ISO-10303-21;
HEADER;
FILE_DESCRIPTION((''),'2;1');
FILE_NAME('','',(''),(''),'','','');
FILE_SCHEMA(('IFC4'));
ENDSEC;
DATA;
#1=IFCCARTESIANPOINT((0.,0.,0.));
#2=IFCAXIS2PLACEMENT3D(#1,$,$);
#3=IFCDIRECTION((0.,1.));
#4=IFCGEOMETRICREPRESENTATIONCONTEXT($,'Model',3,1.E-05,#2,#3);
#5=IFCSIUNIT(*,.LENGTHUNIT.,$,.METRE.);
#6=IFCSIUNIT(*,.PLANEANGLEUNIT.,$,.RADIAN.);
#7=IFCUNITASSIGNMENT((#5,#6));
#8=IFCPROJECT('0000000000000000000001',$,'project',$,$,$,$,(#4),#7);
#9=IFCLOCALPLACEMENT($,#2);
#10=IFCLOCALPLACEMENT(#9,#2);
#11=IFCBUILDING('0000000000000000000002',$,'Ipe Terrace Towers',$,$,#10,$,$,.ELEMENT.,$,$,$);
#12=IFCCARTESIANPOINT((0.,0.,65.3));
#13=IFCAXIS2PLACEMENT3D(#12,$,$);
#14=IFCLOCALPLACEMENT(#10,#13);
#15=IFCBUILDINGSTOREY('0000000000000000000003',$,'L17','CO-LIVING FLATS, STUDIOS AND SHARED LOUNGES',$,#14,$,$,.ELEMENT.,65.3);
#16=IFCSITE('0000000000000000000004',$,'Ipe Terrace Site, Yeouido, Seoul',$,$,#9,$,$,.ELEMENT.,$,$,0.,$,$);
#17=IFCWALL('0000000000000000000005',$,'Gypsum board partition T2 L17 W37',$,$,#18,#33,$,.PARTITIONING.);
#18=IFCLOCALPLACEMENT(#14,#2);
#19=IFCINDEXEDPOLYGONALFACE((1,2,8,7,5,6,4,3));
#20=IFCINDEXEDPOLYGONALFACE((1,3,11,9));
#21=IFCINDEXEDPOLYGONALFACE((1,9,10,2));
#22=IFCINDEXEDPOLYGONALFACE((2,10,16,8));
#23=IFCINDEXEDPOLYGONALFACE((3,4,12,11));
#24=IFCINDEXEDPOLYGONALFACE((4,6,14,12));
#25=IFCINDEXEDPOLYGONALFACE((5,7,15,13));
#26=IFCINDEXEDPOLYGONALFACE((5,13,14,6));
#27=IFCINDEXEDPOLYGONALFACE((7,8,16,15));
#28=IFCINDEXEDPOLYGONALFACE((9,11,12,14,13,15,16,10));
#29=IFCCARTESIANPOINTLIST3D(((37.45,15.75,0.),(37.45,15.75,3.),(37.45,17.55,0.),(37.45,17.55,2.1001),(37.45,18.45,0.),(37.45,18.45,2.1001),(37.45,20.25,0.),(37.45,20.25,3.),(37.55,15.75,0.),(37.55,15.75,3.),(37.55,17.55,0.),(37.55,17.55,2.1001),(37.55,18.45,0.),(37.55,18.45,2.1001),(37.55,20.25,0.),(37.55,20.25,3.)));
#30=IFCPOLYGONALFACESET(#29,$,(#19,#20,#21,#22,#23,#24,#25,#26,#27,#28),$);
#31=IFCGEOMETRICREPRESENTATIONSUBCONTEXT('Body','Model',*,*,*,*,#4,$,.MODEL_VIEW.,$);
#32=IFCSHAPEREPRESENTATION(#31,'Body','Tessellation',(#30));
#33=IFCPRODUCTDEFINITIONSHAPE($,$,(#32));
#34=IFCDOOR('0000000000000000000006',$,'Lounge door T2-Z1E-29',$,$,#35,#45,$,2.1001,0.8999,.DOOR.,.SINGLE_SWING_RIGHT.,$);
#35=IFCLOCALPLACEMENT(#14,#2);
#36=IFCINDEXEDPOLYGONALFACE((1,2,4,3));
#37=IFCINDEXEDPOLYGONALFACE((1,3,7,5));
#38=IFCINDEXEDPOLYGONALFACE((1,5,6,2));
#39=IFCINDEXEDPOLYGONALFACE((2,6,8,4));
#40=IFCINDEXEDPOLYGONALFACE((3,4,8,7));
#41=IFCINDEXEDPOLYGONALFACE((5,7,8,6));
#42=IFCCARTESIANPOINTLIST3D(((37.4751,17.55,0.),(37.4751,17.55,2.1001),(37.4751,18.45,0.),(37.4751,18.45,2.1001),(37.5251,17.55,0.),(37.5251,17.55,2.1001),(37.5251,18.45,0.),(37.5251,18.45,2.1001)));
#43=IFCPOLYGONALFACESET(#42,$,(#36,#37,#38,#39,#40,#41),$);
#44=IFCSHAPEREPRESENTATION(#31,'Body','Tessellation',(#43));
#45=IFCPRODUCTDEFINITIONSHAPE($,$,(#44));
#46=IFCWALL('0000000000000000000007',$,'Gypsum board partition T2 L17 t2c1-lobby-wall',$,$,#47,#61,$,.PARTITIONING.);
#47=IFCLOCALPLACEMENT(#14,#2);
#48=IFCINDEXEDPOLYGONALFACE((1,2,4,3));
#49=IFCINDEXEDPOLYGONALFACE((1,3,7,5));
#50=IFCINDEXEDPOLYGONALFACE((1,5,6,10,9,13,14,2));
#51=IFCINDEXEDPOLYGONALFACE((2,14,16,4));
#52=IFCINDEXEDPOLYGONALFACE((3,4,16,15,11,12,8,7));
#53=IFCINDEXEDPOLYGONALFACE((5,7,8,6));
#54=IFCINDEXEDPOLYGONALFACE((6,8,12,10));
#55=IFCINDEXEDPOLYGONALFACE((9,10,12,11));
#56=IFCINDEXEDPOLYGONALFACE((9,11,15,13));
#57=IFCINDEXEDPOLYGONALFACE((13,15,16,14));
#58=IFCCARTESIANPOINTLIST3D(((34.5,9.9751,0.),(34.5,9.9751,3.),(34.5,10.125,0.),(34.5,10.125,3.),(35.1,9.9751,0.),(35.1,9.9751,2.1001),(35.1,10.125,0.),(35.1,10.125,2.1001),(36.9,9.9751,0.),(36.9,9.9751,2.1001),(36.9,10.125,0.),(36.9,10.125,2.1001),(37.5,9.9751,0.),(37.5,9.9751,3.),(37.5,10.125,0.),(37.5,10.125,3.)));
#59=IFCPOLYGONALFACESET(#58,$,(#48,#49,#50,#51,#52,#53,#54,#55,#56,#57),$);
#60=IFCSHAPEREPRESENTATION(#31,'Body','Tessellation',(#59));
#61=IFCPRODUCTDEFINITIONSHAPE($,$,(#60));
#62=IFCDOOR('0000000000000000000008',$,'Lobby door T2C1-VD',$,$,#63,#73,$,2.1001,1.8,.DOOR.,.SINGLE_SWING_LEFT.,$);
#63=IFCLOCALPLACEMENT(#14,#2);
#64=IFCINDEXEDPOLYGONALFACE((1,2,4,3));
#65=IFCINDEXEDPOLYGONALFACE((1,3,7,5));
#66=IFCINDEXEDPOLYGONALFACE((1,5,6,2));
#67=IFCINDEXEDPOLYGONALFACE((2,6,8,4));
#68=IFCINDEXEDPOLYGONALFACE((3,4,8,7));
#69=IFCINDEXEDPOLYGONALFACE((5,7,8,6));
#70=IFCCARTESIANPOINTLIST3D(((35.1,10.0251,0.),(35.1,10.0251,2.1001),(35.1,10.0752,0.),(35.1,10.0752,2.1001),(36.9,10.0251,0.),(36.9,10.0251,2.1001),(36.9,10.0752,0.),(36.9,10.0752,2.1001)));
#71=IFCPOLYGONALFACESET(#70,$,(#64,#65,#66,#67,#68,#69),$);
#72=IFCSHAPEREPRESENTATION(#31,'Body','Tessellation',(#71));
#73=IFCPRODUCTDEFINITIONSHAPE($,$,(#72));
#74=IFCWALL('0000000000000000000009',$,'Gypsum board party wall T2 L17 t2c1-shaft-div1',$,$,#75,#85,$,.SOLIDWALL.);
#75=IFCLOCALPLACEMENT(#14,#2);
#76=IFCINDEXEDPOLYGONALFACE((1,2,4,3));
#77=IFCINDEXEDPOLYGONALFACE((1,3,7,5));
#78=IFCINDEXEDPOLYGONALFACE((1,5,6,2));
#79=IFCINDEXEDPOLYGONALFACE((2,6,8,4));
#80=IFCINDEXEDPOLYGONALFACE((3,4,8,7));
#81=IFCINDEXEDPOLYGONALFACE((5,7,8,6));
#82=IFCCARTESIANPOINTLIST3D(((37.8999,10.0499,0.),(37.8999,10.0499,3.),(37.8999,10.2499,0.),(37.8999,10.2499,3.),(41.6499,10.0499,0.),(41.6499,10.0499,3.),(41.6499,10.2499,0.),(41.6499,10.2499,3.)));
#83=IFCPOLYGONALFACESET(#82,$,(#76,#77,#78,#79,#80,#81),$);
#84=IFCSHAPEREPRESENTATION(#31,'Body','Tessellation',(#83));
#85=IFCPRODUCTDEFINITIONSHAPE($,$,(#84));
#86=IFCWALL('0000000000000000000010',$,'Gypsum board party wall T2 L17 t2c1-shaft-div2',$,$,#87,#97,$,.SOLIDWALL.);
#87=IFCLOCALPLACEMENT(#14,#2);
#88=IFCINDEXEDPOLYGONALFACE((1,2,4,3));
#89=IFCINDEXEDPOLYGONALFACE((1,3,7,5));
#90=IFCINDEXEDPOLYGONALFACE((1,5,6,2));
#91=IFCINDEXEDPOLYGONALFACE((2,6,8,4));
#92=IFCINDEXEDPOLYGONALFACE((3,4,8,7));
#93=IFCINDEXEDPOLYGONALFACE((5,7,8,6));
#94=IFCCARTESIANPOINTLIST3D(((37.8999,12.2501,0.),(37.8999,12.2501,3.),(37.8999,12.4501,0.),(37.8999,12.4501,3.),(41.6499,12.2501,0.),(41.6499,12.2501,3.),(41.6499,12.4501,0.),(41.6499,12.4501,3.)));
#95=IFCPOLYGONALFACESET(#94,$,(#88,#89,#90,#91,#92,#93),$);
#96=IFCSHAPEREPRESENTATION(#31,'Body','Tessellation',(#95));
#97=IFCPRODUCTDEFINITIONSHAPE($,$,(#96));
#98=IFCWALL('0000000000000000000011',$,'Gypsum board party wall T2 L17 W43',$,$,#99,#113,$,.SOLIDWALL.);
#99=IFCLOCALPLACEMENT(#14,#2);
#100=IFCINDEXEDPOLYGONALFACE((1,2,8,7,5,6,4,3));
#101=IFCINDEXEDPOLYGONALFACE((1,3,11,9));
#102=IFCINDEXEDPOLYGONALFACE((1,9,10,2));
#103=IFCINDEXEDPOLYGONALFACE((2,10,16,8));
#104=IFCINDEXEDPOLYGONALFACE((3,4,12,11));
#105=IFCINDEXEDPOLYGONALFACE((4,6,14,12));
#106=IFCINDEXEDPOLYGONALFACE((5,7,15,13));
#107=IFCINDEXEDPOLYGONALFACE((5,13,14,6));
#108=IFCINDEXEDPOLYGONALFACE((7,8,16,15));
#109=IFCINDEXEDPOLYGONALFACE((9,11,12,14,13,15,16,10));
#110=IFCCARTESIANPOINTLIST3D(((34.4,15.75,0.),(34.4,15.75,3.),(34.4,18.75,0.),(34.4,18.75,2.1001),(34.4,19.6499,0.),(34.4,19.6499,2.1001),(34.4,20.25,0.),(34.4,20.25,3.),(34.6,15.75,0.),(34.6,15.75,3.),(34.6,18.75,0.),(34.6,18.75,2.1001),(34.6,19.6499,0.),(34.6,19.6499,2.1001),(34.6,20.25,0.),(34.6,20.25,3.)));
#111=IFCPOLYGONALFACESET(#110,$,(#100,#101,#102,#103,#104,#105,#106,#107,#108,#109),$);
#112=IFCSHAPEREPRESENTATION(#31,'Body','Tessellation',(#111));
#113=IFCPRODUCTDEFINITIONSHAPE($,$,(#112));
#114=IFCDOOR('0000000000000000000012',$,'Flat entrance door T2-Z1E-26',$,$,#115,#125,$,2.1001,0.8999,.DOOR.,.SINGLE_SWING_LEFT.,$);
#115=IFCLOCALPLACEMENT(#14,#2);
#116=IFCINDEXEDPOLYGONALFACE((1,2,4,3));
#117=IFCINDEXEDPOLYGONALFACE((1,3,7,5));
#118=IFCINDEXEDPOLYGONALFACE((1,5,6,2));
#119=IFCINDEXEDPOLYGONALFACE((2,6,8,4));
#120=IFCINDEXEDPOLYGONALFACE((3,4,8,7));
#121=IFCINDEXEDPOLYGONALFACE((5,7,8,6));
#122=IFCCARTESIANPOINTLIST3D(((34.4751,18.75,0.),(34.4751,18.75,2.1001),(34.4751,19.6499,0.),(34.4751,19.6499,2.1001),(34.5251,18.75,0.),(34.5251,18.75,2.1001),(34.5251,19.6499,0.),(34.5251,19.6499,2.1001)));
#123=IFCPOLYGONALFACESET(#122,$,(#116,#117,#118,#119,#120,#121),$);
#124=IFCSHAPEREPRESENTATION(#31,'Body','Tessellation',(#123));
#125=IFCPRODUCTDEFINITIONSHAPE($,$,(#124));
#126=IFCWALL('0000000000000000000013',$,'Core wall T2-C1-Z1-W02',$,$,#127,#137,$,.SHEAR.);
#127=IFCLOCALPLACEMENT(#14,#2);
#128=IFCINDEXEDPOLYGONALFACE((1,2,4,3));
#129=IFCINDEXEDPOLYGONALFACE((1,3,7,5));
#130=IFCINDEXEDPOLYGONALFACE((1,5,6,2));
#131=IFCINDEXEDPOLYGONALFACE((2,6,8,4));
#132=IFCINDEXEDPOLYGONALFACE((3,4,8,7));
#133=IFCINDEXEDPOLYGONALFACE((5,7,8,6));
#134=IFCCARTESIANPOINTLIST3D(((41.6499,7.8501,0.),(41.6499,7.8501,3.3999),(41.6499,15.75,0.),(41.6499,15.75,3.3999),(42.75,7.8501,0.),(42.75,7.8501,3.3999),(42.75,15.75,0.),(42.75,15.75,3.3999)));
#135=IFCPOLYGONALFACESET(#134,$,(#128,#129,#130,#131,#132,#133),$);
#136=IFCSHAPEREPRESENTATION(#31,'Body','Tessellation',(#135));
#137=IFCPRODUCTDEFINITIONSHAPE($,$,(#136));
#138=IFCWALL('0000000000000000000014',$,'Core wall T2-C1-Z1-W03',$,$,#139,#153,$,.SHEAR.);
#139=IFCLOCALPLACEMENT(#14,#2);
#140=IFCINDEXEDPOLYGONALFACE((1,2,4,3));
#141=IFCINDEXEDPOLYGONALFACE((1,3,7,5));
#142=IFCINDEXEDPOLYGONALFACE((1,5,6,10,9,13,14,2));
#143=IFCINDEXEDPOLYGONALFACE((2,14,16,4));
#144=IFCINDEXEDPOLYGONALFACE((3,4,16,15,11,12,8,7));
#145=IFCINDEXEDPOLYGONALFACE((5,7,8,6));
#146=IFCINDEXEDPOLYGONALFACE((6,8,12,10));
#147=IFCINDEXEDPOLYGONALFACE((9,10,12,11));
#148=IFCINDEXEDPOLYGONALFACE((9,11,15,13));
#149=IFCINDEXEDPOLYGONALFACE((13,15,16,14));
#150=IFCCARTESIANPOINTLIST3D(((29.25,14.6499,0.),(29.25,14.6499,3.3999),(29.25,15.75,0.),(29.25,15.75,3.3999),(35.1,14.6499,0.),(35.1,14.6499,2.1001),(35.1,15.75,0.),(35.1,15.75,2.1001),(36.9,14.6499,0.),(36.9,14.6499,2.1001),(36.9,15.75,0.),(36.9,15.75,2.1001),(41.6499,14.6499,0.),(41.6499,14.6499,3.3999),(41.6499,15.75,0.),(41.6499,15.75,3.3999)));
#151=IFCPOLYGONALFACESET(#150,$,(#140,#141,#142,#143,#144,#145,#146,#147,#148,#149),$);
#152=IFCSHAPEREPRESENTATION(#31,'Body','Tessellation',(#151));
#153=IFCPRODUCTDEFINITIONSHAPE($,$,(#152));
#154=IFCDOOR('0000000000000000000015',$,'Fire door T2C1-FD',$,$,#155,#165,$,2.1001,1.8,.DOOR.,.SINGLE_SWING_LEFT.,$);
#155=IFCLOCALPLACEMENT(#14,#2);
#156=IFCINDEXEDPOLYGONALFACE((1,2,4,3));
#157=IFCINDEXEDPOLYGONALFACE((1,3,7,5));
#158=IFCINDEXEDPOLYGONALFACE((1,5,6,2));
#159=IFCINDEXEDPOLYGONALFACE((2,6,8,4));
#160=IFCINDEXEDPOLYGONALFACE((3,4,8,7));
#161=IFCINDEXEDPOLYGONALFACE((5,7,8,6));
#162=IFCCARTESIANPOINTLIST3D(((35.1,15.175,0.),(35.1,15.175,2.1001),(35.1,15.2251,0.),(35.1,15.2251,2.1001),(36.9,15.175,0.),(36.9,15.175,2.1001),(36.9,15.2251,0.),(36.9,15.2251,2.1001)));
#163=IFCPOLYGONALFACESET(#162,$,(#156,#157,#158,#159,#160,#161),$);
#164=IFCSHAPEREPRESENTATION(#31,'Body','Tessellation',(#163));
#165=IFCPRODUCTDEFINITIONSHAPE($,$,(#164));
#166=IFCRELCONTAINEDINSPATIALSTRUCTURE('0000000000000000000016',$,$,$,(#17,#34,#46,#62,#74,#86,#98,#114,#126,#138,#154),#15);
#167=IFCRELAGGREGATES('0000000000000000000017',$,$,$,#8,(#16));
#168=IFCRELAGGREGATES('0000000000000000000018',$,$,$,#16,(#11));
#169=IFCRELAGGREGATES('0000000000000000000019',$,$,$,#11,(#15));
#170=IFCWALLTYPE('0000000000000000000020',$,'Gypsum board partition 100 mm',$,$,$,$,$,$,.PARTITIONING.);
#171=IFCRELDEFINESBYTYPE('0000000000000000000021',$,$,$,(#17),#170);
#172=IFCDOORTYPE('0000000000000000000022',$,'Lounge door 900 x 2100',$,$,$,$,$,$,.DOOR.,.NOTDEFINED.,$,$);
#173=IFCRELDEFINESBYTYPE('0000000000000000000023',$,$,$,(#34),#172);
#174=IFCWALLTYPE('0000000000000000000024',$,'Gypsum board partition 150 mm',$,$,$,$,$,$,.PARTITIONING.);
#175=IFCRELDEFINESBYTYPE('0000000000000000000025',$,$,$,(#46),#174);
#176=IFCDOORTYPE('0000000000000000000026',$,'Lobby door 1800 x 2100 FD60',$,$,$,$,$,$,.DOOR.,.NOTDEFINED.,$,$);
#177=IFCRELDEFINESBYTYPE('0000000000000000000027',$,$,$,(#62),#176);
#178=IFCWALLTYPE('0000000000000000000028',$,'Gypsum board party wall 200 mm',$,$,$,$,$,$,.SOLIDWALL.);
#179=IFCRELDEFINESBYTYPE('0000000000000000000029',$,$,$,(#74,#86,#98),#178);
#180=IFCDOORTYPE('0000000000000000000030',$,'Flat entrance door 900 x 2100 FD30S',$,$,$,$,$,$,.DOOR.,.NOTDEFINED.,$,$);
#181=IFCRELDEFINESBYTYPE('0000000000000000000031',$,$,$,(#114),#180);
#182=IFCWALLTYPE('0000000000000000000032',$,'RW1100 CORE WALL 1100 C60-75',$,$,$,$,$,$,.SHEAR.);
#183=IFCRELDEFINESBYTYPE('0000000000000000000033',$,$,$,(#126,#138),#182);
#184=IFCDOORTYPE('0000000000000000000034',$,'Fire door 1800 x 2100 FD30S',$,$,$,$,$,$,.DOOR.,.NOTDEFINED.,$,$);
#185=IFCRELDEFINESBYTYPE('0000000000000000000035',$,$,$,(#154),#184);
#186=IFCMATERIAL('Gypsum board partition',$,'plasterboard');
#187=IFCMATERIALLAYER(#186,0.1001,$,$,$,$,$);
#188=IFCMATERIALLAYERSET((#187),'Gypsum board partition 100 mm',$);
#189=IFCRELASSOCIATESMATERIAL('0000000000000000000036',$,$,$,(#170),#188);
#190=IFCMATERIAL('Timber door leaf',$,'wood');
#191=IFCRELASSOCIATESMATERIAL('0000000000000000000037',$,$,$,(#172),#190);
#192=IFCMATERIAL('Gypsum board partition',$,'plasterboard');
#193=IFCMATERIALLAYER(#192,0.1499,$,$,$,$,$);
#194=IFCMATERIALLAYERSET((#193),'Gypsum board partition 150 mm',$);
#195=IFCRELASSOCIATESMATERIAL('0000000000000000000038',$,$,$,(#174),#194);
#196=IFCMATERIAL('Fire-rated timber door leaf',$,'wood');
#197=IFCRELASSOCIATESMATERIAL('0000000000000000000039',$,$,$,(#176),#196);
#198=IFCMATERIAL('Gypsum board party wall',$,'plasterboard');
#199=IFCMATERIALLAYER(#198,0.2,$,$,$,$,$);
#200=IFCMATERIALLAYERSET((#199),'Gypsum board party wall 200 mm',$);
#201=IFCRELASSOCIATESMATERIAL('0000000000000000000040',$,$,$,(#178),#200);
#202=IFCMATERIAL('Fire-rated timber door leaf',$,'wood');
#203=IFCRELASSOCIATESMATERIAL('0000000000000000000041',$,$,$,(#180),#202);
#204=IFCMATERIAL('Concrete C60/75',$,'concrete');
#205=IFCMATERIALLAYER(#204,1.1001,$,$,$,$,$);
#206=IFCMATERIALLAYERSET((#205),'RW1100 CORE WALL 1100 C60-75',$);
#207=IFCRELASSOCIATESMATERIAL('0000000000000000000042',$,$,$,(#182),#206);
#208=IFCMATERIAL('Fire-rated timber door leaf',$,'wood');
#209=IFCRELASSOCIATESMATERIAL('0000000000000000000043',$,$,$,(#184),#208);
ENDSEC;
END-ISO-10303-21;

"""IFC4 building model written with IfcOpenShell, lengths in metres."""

from ifc_helpers import new_model, si_unit, direction, frame, frame_2d, origin, place, context, subcontext, project, spatial, rectangle, extrude, material, layer, layer_set, type_object, element, fill, save


model = new_model("IFC4")

# Units and contexts
model_context = context("Model", 3, precision=1e-05, world=origin(), true_north=direction((0.0, 1.0)))
body_context = subcontext(model_context, "Body", "Model", "MODEL_VIEW")
ifc_project = project(units=[si_unit("LENGTHUNIT", "METRE"), si_unit("PLANEANGLEUNIT", "RADIAN")], contexts=[model_context])

# Site, building, storey
site_placement = place(None, origin())
site = spatial("IfcSite", under=ifc_project, at=site_placement, Name="Ipe Terrace Site, Yeouido, Seoul", CompositionType="ELEMENT", RefElevation=0.0)
building_placement = place(site_placement, origin())
building = spatial("IfcBuilding", under=site, at=building_placement, Name="Ipe Terrace Towers", CompositionType="ELEMENT")
storey_placement = place(building_placement, frame((0.0, 0.0, 65.3)))
storey = spatial("IfcBuildingStorey", under=building, at=storey_placement, Name="L17", Description="CO-LIVING FLATS, STUDIOS AND SHARED LOUNGES", CompositionType="ELEMENT", Elevation=65.3)

# Walls, openings, doors
ifc_material_1 = material(Name="Gypsum board partition", Category="plasterboard")
ifc_layer_1 = layer(ifc_material_1, 0.1001)
ifc_layer_set_1 = layer_set([ifc_layer_1], Name="Gypsum board partition 100 mm")
wall_type_1 = type_object("IfcWallType", Name="Gypsum board partition 100 mm", PredefinedType="PARTITIONING", material=ifc_layer_set_1)
wall_1_placement = place(storey_placement, frame((37.5, 15.75, 0.0), z_axis=(0.0, 0.0, 1.0), x_axis=(0.0, 1.0, 0.0)))
wall_1 = element("IfcWall", 1, at=wall_1_placement, inside=storey, type_object=wall_type_1, Name="Gypsum board partition T2 L17 W37", PredefinedType="PARTITIONING", context=body_context, shape_type="SweptSolid", body=[
    extrude(rectangle(XDim=4.5, YDim=0.1001, at=frame_2d((2.25, 0.0))), origin(), (0.0, 0.0, 1.0), 3.0),
])
opening_1_placement = place(wall_1_placement, frame((1.8, 0.0, 0.0)))
opening_1 = element("IfcOpeningElement", 2, at=opening_1_placement, cuts=wall_1, PredefinedType="OPENING", context=body_context, shape_type="SweptSolid", body=[
    extrude(rectangle(XDim=0.8999, YDim=2.1001, at=frame_2d((0.45, 1.05))), frame((0.0, 0.0601, 0.0), z_axis=(0.0, -1.0, 0.0), x_axis=(1.0, 0.0, 0.0)), (0.0, 0.0, 1.0), 0.1201),
])
ifc_material_2 = material(Name="Timber door leaf", Category="wood")
door_type_1 = type_object("IfcDoorType", Name="Lounge door 900 x 2100", OperationType="NOTDEFINED", PredefinedType="DOOR", material=ifc_material_2)
door_1_placement = place(opening_1_placement, origin())
door_1 = element("IfcDoor", 3, at=door_1_placement, inside=storey, type_object=door_type_1, Name="Lounge door T2-Z1E-29", OperationType="SINGLE_SWING_RIGHT", OverallHeight=2.1001, OverallWidth=0.8999, PredefinedType="DOOR", context=body_context, shape_type="SweptSolid", body=[
    extrude(rectangle(XDim=0.8999, YDim=2.1001, at=frame_2d((0.45, 1.05))), frame((0.0, 0.0249, 0.0), z_axis=(0.0, -1.0, 0.0), x_axis=(1.0, 0.0, 0.0)), (0.0, 0.0, 1.0), 0.05),
])
fill(opening_1, door_1)
ifc_material_3 = material(Name="Gypsum board partition", Category="plasterboard")
ifc_layer_2 = layer(ifc_material_3, 0.1499)
ifc_layer_set_2 = layer_set([ifc_layer_2], Name="Gypsum board partition 150 mm")
wall_type_2 = type_object("IfcWallType", Name="Gypsum board partition 150 mm", PredefinedType="PARTITIONING", material=ifc_layer_set_2)
wall_2_placement = place(storey_placement, frame((37.5, 10.05, 0.0), z_axis=(0.0, 0.0, 1.0), x_axis=(-1.0, 0.0, 0.0)))
wall_2 = element("IfcWall", 4, at=wall_2_placement, inside=storey, type_object=wall_type_2, Name="Gypsum board partition T2 L17 t2c1-lobby-wall", PredefinedType="PARTITIONING", context=body_context, shape_type="SweptSolid", body=[
    extrude(rectangle(XDim=3.0, YDim=0.1499, at=frame_2d((1.5, 0.0))), origin(), (0.0, 0.0, 1.0), 3.0),
])
opening_2_placement = place(wall_2_placement, frame((0.6001, 0.0, 0.0)))
opening_2 = element("IfcOpeningElement", 5, at=opening_2_placement, cuts=wall_2, PredefinedType="OPENING", context=body_context, shape_type="SweptSolid", body=[
    extrude(rectangle(XDim=1.8, YDim=2.1001, at=frame_2d((0.8999, 1.05))), frame((0.0, 0.085, 0.0), z_axis=(0.0, -1.0, 0.0), x_axis=(1.0, 0.0, 0.0)), (0.0, 0.0, 1.0), 0.1699),
])
ifc_material_4 = material(Name="Fire-rated timber door leaf", Category="wood")
door_type_2 = type_object("IfcDoorType", Name="Lobby door 1800 x 2100 FD60", OperationType="NOTDEFINED", PredefinedType="DOOR", material=ifc_material_4)
door_2_placement = place(opening_2_placement, origin())
door_2 = element("IfcDoor", 6, at=door_2_placement, inside=storey, type_object=door_type_2, Name="Lobby door T2C1-VD", OperationType="SINGLE_SWING_LEFT", OverallHeight=2.1001, OverallWidth=1.8, PredefinedType="DOOR", context=body_context, shape_type="SweptSolid", body=[
    extrude(rectangle(XDim=1.8, YDim=2.1001, at=frame_2d((0.8999, 1.05))), frame((0.0, 0.0249, 0.0), z_axis=(0.0, -1.0, 0.0), x_axis=(1.0, 0.0, 0.0)), (0.0, 0.0, 1.0), 0.05),
])
fill(opening_2, door_2)

# Walls
ifc_material_5 = material(Name="Gypsum board party wall", Category="plasterboard")
ifc_layer_3 = layer(ifc_material_5, 0.2)
ifc_layer_set_3 = layer_set([ifc_layer_3], Name="Gypsum board party wall 200 mm")
wall_type_3 = type_object("IfcWallType", Name="Gypsum board party wall 200 mm", PredefinedType="SOLIDWALL", material=ifc_layer_set_3)
for number, where, z_axis, x_axis, name in (
    (7, (41.6499, 10.1499, 0.0), (0.0, 0.0, 1.0), (-1.0, 0.0, 0.0), "Gypsum board party wall T2 L17 t2c1-shaft-div1"),
    (8, (41.6499, 12.3501, 0.0), (0.0, 0.0, 1.0), (-1.0, 0.0, 0.0), "Gypsum board party wall T2 L17 t2c1-shaft-div2"),
):
    element("IfcWall", number, at=place(storey_placement, frame(where, z_axis=z_axis, x_axis=x_axis)), inside=storey, type_object=wall_type_3, Name=name, PredefinedType="SOLIDWALL", context=body_context, shape_type="SweptSolid", body=[
        extrude(rectangle(XDim=3.75, YDim=0.2, at=frame_2d((1.875, 0.0))), origin(), (0.0, 0.0, 1.0), 3.0),
    ])

# Wall, opening, door
wall_3_placement = place(storey_placement, frame((34.5, 15.75, 0.0), z_axis=(0.0, 0.0, 1.0), x_axis=(0.0, 1.0, 0.0)))
wall_3 = element("IfcWall", 9, at=wall_3_placement, inside=storey, type_object=wall_type_3, Name="Gypsum board party wall T2 L17 W43", PredefinedType="SOLIDWALL", context=body_context, shape_type="SweptSolid", body=[
    extrude(rectangle(XDim=4.5, YDim=0.2, at=frame_2d((2.25, 0.0))), origin(), (0.0, 0.0, 1.0), 3.0),
])
opening_3_placement = place(wall_3_placement, frame((3.0, 0.0, 0.0)))
opening_3 = element("IfcOpeningElement", 10, at=opening_3_placement, cuts=wall_3, PredefinedType="OPENING", context=body_context, shape_type="SweptSolid", body=[
    extrude(rectangle(XDim=0.8999, YDim=2.1001, at=frame_2d((0.45, 1.05))), frame((0.0, 0.1099, 0.0), z_axis=(0.0, -1.0, 0.0), x_axis=(1.0, 0.0, 0.0)), (0.0, 0.0, 1.0), 0.22),
])
ifc_material_6 = material(Name="Fire-rated timber door leaf", Category="wood")
door_type_3 = type_object("IfcDoorType", Name="Flat entrance door 900 x 2100 FD30S", OperationType="NOTDEFINED", PredefinedType="DOOR", material=ifc_material_6)
door_3_placement = place(opening_3_placement, origin())
door_3 = element("IfcDoor", 11, at=door_3_placement, inside=storey, type_object=door_type_3, Name="Flat entrance door T2-Z1E-26", OperationType="SINGLE_SWING_LEFT", OverallHeight=2.1001, OverallWidth=0.8999, PredefinedType="DOOR", context=body_context, shape_type="SweptSolid", body=[
    extrude(rectangle(XDim=0.8999, YDim=2.1001, at=frame_2d((0.45, 1.05))), frame((0.0, 0.0249, 0.0), z_axis=(0.0, -1.0, 0.0), x_axis=(1.0, 0.0, 0.0)), (0.0, 0.0, 1.0), 0.05),
])
fill(opening_3, door_3)

# Wall
ifc_material_7 = material(Name="Concrete C60/75", Category="concrete")
ifc_layer_4 = layer(ifc_material_7, 1.1001)
ifc_layer_set_4 = layer_set([ifc_layer_4], Name="RW1100 CORE WALL 1100 C60-75")
wall_type_4 = type_object("IfcWallType", Name="RW1100 CORE WALL 1100 C60-75", PredefinedType="SHEAR", material=ifc_layer_set_4)
wall_4_placement = place(storey_placement, frame((42.2, 7.8501, 0.0), z_axis=(0.0, 0.0, 1.0), x_axis=(0.0, 1.0, 0.0)))
element("IfcWall", 12, at=wall_4_placement, inside=storey, type_object=wall_type_4, Name="Core wall T2-C1-Z1-W02", PredefinedType="SHEAR", context=body_context, shape_type="SweptSolid", body=[
    extrude(rectangle(XDim=7.8999, YDim=1.1001, at=frame_2d((3.95, 0.0))), origin(), (0.0, 0.0, 1.0), 3.3999),
])

# Wall, opening, door
wall_5_placement = place(storey_placement, frame((41.6499, 15.2, 0.0), z_axis=(0.0, 0.0, 1.0), x_axis=(-1.0, 0.0, 0.0)))
wall_5 = element("IfcWall", 13, at=wall_5_placement, inside=storey, type_object=wall_type_4, Name="Core wall T2-C1-Z1-W03", PredefinedType="SHEAR", context=body_context, shape_type="SweptSolid", body=[
    extrude(rectangle(XDim=12.3999, YDim=1.1001, at=frame_2d((6.2, 0.0))), origin(), (0.0, 0.0, 1.0), 3.3999),
])
opening_4_placement = place(wall_5_placement, frame((4.75, 0.0, 0.0)))
opening_4 = element("IfcOpeningElement", 14, at=opening_4_placement, cuts=wall_5, PredefinedType="OPENING", context=body_context, shape_type="SweptSolid", body=[
    extrude(rectangle(XDim=1.8, YDim=2.1001, at=frame_2d((0.8999, 1.05))), frame((0.0, 0.5601, 0.0), z_axis=(0.0, -1.0, 0.0), x_axis=(1.0, 0.0, 0.0)), (0.0, 0.0, 1.0), 1.1201),
])
ifc_material_8 = material(Name="Fire-rated timber door leaf", Category="wood")
door_type_4 = type_object("IfcDoorType", Name="Fire door 1800 x 2100 FD30S", OperationType="NOTDEFINED", PredefinedType="DOOR", material=ifc_material_8)
door_4_placement = place(opening_4_placement, origin())
door_4 = element("IfcDoor", 15, at=door_4_placement, inside=storey, type_object=door_type_4, Name="Fire door T2C1-FD", OperationType="SINGLE_SWING_LEFT", OverallHeight=2.1001, OverallWidth=1.8, PredefinedType="DOOR", context=body_context, shape_type="SweptSolid", body=[
    extrude(rectangle(XDim=1.8, YDim=2.1001, at=frame_2d((0.8999, 1.05))), frame((0.0, 0.0249, 0.0), z_axis=(0.0, -1.0, 0.0), x_axis=(1.0, 0.0, 0.0)), (0.0, 0.0, 1.0), 0.05),
])
fill(opening_4, door_4)

save(model, "model.ifc")
